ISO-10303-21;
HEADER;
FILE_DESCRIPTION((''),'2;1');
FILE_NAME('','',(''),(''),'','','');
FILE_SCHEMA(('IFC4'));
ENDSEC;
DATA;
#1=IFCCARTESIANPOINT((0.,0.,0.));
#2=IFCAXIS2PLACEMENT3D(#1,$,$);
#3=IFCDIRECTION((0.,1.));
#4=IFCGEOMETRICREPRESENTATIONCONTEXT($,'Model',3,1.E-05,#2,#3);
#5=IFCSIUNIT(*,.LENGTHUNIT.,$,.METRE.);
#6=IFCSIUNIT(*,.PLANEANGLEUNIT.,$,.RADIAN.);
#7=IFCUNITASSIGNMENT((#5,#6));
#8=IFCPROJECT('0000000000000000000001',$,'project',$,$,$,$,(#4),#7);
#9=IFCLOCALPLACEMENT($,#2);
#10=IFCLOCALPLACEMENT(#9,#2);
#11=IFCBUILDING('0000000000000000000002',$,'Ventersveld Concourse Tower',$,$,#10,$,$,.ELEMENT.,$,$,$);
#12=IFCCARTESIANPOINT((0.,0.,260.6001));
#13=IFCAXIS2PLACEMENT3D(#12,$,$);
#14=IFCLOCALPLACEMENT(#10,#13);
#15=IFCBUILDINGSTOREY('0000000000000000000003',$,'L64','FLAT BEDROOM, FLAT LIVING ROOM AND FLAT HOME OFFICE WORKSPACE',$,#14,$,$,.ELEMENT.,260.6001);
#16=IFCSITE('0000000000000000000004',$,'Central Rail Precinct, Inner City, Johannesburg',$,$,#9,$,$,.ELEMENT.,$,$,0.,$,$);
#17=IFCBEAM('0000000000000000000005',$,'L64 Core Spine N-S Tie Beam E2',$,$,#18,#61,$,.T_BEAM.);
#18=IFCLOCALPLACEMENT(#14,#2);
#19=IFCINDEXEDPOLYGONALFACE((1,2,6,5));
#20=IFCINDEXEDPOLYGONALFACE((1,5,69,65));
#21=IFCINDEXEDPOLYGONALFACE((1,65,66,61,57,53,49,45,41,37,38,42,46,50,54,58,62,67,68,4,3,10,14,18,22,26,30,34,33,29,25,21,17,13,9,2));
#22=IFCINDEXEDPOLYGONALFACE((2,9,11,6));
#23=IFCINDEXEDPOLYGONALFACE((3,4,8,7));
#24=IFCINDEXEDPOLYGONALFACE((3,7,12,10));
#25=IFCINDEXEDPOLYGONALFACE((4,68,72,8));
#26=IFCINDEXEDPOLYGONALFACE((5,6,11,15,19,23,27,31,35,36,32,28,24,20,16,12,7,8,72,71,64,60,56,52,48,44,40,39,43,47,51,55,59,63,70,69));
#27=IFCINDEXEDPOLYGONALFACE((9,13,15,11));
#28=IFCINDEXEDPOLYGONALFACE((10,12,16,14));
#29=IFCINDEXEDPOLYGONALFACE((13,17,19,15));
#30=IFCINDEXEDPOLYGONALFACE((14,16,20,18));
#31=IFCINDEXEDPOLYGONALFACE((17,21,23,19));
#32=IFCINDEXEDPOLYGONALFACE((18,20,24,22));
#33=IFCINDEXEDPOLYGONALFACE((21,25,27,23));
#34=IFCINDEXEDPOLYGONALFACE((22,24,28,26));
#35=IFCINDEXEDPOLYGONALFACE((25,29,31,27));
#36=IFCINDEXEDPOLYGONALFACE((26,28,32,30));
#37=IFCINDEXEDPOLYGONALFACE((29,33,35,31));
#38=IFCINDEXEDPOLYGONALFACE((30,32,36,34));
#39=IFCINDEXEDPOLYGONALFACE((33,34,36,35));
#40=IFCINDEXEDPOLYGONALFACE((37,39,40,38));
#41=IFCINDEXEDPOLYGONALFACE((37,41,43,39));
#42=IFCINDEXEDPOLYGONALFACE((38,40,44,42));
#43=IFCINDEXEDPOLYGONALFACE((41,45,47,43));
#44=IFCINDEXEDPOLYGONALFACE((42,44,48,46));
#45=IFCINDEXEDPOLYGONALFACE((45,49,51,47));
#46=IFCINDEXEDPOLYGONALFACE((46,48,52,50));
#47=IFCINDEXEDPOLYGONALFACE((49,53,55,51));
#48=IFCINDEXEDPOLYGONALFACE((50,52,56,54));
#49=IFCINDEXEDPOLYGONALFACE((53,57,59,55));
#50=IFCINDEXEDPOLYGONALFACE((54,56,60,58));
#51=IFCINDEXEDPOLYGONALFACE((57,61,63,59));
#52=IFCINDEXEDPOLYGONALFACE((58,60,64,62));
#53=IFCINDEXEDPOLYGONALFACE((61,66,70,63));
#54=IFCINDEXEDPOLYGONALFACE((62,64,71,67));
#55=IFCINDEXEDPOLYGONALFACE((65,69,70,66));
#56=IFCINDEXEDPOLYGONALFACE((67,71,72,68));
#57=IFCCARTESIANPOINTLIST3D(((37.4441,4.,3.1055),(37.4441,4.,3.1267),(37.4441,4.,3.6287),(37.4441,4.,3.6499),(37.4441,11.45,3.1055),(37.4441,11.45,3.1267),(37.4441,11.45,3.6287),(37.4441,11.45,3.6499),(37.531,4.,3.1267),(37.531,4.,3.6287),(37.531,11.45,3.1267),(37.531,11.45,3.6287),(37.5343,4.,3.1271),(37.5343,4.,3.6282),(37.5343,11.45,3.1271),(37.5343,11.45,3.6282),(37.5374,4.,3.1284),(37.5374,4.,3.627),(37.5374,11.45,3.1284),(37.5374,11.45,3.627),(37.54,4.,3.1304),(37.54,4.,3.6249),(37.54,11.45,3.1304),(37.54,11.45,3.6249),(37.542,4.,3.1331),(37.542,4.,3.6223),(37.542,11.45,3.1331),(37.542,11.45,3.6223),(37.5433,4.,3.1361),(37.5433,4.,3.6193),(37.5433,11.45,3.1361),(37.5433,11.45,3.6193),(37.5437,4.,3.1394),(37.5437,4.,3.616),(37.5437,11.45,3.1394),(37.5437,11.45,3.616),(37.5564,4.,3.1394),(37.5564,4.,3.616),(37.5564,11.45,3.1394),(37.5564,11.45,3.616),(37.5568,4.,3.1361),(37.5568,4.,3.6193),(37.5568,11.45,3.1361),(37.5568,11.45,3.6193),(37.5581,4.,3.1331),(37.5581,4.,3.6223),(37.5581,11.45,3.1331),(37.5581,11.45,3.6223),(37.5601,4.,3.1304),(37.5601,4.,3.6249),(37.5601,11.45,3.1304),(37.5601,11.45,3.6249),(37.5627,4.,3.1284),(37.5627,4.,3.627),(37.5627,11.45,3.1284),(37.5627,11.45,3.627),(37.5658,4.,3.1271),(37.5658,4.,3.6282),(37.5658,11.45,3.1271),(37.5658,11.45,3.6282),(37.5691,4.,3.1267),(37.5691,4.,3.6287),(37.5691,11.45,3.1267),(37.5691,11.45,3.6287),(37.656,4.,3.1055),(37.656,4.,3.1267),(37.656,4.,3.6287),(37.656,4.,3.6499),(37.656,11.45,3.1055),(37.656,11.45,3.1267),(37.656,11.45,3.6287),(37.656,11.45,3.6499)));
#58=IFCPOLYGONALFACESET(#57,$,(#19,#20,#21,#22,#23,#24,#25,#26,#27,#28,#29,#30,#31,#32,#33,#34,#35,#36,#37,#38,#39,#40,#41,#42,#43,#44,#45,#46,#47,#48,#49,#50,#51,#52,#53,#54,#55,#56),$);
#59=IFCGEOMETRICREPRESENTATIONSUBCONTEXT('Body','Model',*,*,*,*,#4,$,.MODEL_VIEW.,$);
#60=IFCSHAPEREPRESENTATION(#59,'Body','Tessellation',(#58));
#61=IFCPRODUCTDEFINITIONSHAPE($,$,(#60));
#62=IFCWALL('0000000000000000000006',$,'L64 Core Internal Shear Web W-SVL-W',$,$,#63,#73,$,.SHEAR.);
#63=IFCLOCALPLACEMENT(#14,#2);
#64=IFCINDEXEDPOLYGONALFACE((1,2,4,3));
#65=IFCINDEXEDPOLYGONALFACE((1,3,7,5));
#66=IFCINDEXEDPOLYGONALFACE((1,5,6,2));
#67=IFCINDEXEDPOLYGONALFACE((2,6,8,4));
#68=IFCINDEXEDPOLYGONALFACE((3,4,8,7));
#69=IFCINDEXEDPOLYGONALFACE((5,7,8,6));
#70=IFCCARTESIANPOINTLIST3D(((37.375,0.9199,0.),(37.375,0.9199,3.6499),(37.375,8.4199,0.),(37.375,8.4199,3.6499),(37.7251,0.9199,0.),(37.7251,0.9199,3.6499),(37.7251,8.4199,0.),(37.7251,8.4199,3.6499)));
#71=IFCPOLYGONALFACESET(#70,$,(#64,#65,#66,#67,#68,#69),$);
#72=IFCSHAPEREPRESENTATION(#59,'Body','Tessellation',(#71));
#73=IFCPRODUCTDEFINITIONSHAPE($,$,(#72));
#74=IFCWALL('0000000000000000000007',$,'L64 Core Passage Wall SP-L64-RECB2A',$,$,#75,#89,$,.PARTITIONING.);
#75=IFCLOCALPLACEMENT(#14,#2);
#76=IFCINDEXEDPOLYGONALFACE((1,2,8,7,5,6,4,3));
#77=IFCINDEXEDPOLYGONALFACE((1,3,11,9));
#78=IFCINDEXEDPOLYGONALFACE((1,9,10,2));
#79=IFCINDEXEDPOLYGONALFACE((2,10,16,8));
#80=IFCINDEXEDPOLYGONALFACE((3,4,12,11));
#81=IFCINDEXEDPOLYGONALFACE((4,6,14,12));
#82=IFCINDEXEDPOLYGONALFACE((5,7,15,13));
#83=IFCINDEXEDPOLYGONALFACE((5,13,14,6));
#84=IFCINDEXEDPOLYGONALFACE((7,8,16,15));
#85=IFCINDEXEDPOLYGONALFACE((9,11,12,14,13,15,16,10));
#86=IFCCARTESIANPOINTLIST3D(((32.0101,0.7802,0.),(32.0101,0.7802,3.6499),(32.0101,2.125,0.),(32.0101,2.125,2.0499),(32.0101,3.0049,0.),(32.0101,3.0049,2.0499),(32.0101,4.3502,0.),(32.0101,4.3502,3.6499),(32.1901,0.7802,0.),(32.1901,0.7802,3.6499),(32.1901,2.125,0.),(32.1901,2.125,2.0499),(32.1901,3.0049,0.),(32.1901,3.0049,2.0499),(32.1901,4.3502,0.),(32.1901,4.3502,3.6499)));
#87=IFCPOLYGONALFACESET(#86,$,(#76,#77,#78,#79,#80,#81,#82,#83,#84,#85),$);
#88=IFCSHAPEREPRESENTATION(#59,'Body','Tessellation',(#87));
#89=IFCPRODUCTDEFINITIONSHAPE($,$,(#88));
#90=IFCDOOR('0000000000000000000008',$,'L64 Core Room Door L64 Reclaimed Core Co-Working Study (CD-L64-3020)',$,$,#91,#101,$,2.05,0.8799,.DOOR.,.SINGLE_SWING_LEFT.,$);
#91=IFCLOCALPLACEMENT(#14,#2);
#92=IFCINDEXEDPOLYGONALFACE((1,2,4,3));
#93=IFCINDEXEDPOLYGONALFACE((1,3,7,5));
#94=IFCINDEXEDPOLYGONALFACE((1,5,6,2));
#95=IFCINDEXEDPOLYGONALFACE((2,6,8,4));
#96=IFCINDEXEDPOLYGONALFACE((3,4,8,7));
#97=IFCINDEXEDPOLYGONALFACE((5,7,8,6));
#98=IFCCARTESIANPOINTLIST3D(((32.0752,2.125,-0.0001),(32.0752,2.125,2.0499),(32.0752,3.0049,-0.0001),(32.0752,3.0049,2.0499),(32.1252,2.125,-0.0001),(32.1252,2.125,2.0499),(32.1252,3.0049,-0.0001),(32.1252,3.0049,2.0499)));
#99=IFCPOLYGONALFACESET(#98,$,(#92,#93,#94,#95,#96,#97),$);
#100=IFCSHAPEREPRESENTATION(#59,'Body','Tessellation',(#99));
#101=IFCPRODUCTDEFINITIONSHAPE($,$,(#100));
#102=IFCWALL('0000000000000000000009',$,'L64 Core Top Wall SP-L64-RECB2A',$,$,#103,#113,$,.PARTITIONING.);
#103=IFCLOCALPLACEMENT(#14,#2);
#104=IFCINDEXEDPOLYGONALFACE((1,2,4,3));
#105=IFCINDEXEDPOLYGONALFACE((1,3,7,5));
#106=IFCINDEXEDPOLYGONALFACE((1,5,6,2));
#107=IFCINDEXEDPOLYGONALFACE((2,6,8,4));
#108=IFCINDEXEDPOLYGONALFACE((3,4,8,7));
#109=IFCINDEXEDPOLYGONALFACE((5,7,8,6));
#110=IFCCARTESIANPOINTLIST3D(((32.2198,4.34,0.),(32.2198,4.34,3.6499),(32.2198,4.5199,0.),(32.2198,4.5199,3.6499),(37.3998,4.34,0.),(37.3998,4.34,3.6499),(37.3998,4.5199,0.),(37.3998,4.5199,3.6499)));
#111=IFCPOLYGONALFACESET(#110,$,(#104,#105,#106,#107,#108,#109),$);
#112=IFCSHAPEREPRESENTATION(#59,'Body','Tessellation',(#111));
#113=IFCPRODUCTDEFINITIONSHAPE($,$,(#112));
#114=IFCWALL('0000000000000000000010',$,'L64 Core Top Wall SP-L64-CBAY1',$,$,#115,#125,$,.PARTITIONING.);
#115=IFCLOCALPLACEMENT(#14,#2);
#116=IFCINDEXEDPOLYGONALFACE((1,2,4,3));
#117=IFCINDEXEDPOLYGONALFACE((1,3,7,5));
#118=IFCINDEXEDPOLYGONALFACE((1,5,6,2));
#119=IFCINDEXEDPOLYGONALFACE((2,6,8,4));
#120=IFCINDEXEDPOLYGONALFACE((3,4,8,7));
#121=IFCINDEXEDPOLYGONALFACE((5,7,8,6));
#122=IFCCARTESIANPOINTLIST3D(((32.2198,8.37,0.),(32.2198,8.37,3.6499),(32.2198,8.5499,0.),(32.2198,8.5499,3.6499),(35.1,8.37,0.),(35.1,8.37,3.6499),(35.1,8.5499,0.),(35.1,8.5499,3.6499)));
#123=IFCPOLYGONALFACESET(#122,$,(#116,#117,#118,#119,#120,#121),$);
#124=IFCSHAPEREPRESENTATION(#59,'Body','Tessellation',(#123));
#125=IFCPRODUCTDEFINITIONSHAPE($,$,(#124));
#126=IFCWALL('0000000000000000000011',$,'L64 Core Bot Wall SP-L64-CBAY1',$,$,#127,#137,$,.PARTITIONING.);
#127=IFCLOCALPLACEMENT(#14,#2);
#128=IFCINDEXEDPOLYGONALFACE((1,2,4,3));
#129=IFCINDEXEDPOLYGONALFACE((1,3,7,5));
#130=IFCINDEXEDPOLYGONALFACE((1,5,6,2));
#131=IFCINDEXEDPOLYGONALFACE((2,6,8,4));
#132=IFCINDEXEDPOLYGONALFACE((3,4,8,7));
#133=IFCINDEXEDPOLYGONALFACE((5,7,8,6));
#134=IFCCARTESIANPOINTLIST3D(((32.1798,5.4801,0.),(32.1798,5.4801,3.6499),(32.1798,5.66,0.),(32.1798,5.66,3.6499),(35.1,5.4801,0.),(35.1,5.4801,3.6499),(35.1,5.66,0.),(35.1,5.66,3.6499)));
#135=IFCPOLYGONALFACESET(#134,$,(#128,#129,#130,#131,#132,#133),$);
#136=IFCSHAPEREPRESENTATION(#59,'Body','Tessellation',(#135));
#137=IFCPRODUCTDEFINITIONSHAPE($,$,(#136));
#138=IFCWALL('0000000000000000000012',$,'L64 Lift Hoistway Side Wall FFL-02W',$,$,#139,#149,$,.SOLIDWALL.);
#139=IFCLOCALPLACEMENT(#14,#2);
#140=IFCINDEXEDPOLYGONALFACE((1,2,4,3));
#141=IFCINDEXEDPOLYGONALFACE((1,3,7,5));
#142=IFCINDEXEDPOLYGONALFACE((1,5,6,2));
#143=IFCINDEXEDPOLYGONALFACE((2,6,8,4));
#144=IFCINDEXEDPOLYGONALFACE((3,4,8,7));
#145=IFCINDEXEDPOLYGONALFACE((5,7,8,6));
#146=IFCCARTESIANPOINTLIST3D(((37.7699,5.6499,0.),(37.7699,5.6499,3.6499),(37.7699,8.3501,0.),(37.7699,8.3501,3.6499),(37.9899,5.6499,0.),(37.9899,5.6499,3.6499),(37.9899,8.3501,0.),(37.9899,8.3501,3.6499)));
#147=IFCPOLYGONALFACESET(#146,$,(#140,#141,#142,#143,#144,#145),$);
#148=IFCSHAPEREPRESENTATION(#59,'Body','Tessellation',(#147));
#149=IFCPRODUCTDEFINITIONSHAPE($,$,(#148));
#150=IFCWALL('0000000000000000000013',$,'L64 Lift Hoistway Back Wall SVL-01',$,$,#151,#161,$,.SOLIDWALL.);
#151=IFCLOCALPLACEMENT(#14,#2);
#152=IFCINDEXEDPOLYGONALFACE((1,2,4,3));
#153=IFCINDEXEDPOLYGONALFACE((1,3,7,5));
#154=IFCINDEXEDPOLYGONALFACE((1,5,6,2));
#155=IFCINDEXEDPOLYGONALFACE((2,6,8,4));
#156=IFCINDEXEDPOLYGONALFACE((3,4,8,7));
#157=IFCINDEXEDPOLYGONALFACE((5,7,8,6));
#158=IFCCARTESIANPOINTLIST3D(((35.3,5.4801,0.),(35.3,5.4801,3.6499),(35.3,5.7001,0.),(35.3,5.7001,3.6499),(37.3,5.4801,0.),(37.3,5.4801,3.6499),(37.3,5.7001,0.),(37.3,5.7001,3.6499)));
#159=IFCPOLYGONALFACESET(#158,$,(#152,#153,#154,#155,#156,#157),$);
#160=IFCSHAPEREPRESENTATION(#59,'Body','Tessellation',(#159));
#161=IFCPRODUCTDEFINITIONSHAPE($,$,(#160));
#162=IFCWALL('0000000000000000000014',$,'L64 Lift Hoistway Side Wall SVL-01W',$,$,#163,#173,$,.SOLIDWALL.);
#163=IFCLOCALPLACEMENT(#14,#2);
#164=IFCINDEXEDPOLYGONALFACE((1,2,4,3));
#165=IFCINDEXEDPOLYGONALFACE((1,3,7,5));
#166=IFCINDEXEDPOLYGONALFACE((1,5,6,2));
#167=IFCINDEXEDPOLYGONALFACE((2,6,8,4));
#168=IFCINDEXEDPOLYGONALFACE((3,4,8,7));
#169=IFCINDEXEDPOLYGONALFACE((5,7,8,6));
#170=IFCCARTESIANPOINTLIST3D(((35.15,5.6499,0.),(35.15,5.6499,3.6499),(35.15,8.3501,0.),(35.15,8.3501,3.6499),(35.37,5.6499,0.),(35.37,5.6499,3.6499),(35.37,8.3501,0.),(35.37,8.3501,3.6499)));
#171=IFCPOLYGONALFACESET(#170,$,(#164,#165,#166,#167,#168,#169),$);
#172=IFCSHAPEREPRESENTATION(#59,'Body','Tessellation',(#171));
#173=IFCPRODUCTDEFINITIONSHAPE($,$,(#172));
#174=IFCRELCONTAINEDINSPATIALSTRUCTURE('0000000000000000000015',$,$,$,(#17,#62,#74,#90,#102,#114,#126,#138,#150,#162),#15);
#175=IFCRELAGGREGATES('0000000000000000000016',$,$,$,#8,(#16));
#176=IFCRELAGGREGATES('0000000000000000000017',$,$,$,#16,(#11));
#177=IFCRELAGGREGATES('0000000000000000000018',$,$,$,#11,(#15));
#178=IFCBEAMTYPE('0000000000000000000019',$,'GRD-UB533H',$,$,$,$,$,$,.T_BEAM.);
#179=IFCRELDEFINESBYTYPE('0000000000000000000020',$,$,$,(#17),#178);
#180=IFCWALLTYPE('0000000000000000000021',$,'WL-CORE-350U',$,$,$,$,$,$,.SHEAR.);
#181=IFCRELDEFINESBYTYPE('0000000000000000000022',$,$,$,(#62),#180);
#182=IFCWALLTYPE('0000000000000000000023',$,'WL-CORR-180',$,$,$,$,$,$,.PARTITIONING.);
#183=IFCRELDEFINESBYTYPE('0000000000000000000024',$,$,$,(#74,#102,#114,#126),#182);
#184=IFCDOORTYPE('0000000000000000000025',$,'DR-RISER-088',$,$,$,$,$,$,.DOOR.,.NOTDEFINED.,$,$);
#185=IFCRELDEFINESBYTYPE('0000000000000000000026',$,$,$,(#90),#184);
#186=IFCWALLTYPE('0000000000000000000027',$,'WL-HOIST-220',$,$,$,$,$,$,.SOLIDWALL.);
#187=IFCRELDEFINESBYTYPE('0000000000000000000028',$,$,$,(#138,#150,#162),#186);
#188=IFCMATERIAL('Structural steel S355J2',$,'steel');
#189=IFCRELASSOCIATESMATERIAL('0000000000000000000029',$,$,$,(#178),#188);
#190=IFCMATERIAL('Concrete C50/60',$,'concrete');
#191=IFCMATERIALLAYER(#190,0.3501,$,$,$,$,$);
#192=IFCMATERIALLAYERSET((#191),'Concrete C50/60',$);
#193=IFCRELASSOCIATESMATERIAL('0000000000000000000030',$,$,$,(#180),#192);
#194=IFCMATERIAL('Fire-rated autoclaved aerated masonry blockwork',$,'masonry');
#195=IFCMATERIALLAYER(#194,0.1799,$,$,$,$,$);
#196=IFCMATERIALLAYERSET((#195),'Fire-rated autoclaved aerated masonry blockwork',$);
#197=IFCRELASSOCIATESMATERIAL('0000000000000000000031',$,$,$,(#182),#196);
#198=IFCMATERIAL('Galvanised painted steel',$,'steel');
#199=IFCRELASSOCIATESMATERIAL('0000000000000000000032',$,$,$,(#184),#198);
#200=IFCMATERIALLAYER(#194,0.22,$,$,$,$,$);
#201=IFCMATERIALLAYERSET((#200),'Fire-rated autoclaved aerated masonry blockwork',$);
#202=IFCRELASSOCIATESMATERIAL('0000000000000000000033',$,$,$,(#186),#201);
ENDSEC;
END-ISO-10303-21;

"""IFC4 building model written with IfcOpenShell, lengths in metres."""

from ifc_helpers import new_model, si_unit, direction, frame, frame_2d, origin, origin_2d, place, context, subcontext, project, spatial, rectangle, i_section, extrude, material, layer, layer_set, material_profile, profile_set, type_object, element, fill, save


model = new_model("IFC4")

# Units and contexts
model_context = context("Model", 3, precision=1e-05, world=origin(), true_north=direction((0.0, 1.0)))
body_context = subcontext(model_context, "Body", "Model", "MODEL_VIEW")
ifc_project = project(units=[si_unit("LENGTHUNIT", "METRE"), si_unit("PLANEANGLEUNIT", "RADIAN")], contexts=[model_context])

# Site, building, storey
site_placement = place(None, origin())
site = spatial("IfcSite", under=ifc_project, at=site_placement, Name="Central Rail Precinct, Inner City, Johannesburg", CompositionType="ELEMENT", RefElevation=0.0)
building_placement = place(site_placement, origin())
building = spatial("IfcBuilding", under=site, at=building_placement, Name="Ventersveld Concourse Tower", CompositionType="ELEMENT")
storey_placement = place(building_placement, frame((0.0, 0.0, 260.6001)))
storey = spatial("IfcBuildingStorey", under=building, at=storey_placement, Name="L64", Description="FLAT BEDROOM, FLAT LIVING ROOM AND FLAT HOME OFFICE WORKSPACE", CompositionType="ELEMENT", Elevation=260.6001)

# Shared definitions
ifc_material_1 = material(Name="Concrete C50/60", Category="concrete")

# Beam
ifc_material_2 = material(Name="Structural steel S355J2", Category="steel")
ifc_material_profile_1 = material_profile(ifc_material_2, i_section(OverallWidth=0.2119, OverallDepth=0.5444, WebThickness=0.0127, FlangeThickness=0.0212, FilletRadius=0.0127, at=origin_2d()), Name="UB 533x210x122")
ifc_profile_set_1 = profile_set([ifc_material_profile_1], Name="Structural steel S355J2")
beam_type_1 = type_object("IfcBeamType", Name="GRD-UB533H", PredefinedType="T_BEAM", material=ifc_profile_set_1)
beam_1_placement = place(storey_placement, frame((37.55, 4.0, 3.3777), z_axis=(0.0, 1.0, 0.0), x_axis=(-1.0, 0.0, 0.0)))
element("IfcBeam", 1, at=beam_1_placement, inside=storey, type_object=beam_type_1, Name="L64 Core Spine N-S Tie Beam E2", PredefinedType="T_BEAM", context=body_context, shape_type="SweptSolid", body=[
    extrude(i_section(OverallWidth=0.2119, OverallDepth=0.5444, WebThickness=0.0127, FlangeThickness=0.0212, FilletRadius=0.0127, at=origin_2d()), origin(), (0.0, 0.0, 1.0), 7.45),
])

# Wall
ifc_layer_1 = layer(ifc_material_1, 0.3501)
ifc_layer_set_1 = layer_set([ifc_layer_1], Name="Concrete C50/60")
wall_type_1 = type_object("IfcWallType", Name="WL-CORE-350U", PredefinedType="SHEAR", material=ifc_layer_set_1)
wall_1_placement = place(storey_placement, frame((37.55, 0.9199, 0.0), z_axis=(0.0, 0.0, 1.0), x_axis=(0.0, 1.0, 0.0)))
element("IfcWall", 2, at=wall_1_placement, inside=storey, type_object=wall_type_1, Name="L64 Core Internal Shear Web W-SVL-W", PredefinedType="SHEAR", context=body_context, shape_type="SweptSolid", body=[
    extrude(rectangle(XDim=7.5, YDim=0.3501, at=frame_2d((3.75, 0.0))), origin(), (0.0, 0.0, 1.0), 3.6499),
])

# Wall, opening, door
ifc_material_3 = material(Name="Fire-rated autoclaved aerated masonry blockwork", Category="masonry")
ifc_layer_2 = layer(ifc_material_3, 0.1799)
ifc_layer_set_2 = layer_set([ifc_layer_2], Name="Fire-rated autoclaved aerated masonry blockwork")
wall_type_2 = type_object("IfcWallType", Name="WL-CORR-180", PredefinedType="PARTITIONING", material=ifc_layer_set_2)
wall_2_placement = place(storey_placement, frame((32.1001, 0.78, 0.0), z_axis=(0.0, 0.0, 1.0), x_axis=(0.0, 1.0, 0.0)))
wall_2 = element("IfcWall", 3, at=wall_2_placement, inside=storey, type_object=wall_type_2, Name="L64 Core Passage Wall SP-L64-RECB2A", PredefinedType="PARTITIONING", context=body_context, shape_type="SweptSolid", body=[
    extrude(rectangle(XDim=3.5701, YDim=0.1799, at=frame_2d((1.7852, 0.0))), origin(), (0.0, 0.0, 1.0), 3.6499),
])
opening_1_placement = place(wall_2_placement, frame((1.345, 0.0, 0.0)))
opening_1 = element("IfcOpeningElement", 4, at=opening_1_placement, cuts=wall_2, PredefinedType="OPENING", context=body_context, shape_type="SweptSolid", body=[
    extrude(rectangle(XDim=0.8799, YDim=2.05, at=frame_2d((0.4399, 1.0249))), frame((0.0, 0.1001, 0.0), z_axis=(0.0, -1.0, 0.0), x_axis=(1.0, 0.0, 0.0)), (0.0, 0.0, 1.0), 0.2),
])
ifc_material_4 = material(Name="Galvanised painted steel", Category="steel")
door_type_1 = type_object("IfcDoorType", Name="DR-RISER-088", OperationType="NOTDEFINED", PredefinedType="DOOR", material=ifc_material_4)
door_1_placement = place(opening_1_placement, origin())
door_1 = element("IfcDoor", 5, at=door_1_placement, inside=storey, type_object=door_type_1, Name="L64 Core Room Door L64 Reclaimed Core Co-Working Study (CD-L64-3020)", OperationType="SINGLE_SWING_LEFT", OverallHeight=2.05, OverallWidth=0.8799, PredefinedType="DOOR", context=body_context, shape_type="SweptSolid", body=[
    extrude(rectangle(XDim=0.8799, YDim=2.05, at=frame_2d((0.4399, 1.0249))), frame((0.0, 0.0249, 0.0), z_axis=(0.0, -1.0, 0.0), x_axis=(1.0, 0.0, 0.0)), (0.0, 0.0, 1.0), 0.05),
])
fill(opening_1, door_1)

# Wall
wall_3_placement = place(storey_placement, frame((32.22, 4.4299, 0.0), z_axis=(0.0, 0.0, 1.0), x_axis=(1.0, 0.0, 0.0)))
element("IfcWall", 6, at=wall_3_placement, inside=storey, type_object=wall_type_2, Name="L64 Core Top Wall SP-L64-RECB2A", PredefinedType="PARTITIONING", context=body_context, shape_type="SweptSolid", body=[
    extrude(rectangle(XDim=5.1799, YDim=0.1799, at=frame_2d((2.5898, 0.0))), origin(), (0.0, 0.0, 1.0), 3.6499),
])

# Walls
wall_4_placement = place(storey_placement, frame((32.22, 8.46, 0.0), z_axis=(0.0, 0.0, 1.0), x_axis=(1.0, 0.0, 0.0)))
element("IfcWall", 7, at=wall_4_placement, inside=storey, type_object=wall_type_2, Name="L64 Core Top Wall SP-L64-CBAY1", PredefinedType="PARTITIONING", context=body_context, shape_type="SweptSolid", body=[
    extrude(rectangle(XDim=2.8801, YDim=0.1799, at=frame_2d((1.4399, 0.0))), origin(), (0.0, 0.0, 1.0), 3.6499),
])
wall_5_placement = place(storey_placement, frame((32.1799, 5.5701, 0.0), z_axis=(0.0, 0.0, 1.0), x_axis=(1.0, 0.0, 0.0)))
element("IfcWall", 8, at=wall_5_placement, inside=storey, type_object=wall_type_2, Name="L64 Core Bot Wall SP-L64-CBAY1", PredefinedType="PARTITIONING", context=body_context, shape_type="SweptSolid", body=[
    extrude(rectangle(XDim=2.9202, YDim=0.1799, at=frame_2d((1.46, 0.0))), origin(), (0.0, 0.0, 1.0), 3.6499),
])
ifc_layer_3 = layer(ifc_material_3, 0.22)
ifc_layer_set_3 = layer_set([ifc_layer_3], Name="Fire-rated autoclaved aerated masonry blockwork")
wall_type_3 = type_object("IfcWallType", Name="WL-HOIST-220", PredefinedType="SOLIDWALL", material=ifc_layer_set_3)
wall_6_placement = place(storey_placement, frame((37.8799, 5.6499, 0.0), z_axis=(0.0, 0.0, 1.0), x_axis=(0.0, 1.0, 0.0)))
element("IfcWall", 9, at=wall_6_placement, inside=storey, type_object=wall_type_3, Name="L64 Lift Hoistway Side Wall FFL-02W", PredefinedType="SOLIDWALL", context=body_context, shape_type="SweptSolid", body=[
    extrude(rectangle(XDim=2.7002, YDim=0.22, at=frame_2d((1.3501, 0.0))), origin(), (0.0, 0.0, 1.0), 3.6499),
])
wall_7_placement = place(storey_placement, frame((35.3, 5.5901, 0.0), z_axis=(0.0, 0.0, 1.0), x_axis=(1.0, 0.0, 0.0)))
element("IfcWall", 10, at=wall_7_placement, inside=storey, type_object=wall_type_3, Name="L64 Lift Hoistway Back Wall SVL-01", PredefinedType="SOLIDWALL", context=body_context, shape_type="SweptSolid", body=[
    extrude(rectangle(XDim=2.0, YDim=0.22, at=frame_2d((1.0, 0.0))), origin(), (0.0, 0.0, 1.0), 3.6499),
])
wall_8_placement = place(storey_placement, frame((35.26, 5.6499, 0.0), z_axis=(0.0, 0.0, 1.0), x_axis=(0.0, 1.0, 0.0)))
element("IfcWall", 11, at=wall_8_placement, inside=storey, type_object=wall_type_3, Name="L64 Lift Hoistway Side Wall SVL-01W", PredefinedType="SOLIDWALL", context=body_context, shape_type="SweptSolid", body=[
    extrude(rectangle(XDim=2.7002, YDim=0.22, at=frame_2d((1.3501, 0.0))), origin(), (0.0, 0.0, 1.0), 3.6499),
])

save(model, "model.ifc")
